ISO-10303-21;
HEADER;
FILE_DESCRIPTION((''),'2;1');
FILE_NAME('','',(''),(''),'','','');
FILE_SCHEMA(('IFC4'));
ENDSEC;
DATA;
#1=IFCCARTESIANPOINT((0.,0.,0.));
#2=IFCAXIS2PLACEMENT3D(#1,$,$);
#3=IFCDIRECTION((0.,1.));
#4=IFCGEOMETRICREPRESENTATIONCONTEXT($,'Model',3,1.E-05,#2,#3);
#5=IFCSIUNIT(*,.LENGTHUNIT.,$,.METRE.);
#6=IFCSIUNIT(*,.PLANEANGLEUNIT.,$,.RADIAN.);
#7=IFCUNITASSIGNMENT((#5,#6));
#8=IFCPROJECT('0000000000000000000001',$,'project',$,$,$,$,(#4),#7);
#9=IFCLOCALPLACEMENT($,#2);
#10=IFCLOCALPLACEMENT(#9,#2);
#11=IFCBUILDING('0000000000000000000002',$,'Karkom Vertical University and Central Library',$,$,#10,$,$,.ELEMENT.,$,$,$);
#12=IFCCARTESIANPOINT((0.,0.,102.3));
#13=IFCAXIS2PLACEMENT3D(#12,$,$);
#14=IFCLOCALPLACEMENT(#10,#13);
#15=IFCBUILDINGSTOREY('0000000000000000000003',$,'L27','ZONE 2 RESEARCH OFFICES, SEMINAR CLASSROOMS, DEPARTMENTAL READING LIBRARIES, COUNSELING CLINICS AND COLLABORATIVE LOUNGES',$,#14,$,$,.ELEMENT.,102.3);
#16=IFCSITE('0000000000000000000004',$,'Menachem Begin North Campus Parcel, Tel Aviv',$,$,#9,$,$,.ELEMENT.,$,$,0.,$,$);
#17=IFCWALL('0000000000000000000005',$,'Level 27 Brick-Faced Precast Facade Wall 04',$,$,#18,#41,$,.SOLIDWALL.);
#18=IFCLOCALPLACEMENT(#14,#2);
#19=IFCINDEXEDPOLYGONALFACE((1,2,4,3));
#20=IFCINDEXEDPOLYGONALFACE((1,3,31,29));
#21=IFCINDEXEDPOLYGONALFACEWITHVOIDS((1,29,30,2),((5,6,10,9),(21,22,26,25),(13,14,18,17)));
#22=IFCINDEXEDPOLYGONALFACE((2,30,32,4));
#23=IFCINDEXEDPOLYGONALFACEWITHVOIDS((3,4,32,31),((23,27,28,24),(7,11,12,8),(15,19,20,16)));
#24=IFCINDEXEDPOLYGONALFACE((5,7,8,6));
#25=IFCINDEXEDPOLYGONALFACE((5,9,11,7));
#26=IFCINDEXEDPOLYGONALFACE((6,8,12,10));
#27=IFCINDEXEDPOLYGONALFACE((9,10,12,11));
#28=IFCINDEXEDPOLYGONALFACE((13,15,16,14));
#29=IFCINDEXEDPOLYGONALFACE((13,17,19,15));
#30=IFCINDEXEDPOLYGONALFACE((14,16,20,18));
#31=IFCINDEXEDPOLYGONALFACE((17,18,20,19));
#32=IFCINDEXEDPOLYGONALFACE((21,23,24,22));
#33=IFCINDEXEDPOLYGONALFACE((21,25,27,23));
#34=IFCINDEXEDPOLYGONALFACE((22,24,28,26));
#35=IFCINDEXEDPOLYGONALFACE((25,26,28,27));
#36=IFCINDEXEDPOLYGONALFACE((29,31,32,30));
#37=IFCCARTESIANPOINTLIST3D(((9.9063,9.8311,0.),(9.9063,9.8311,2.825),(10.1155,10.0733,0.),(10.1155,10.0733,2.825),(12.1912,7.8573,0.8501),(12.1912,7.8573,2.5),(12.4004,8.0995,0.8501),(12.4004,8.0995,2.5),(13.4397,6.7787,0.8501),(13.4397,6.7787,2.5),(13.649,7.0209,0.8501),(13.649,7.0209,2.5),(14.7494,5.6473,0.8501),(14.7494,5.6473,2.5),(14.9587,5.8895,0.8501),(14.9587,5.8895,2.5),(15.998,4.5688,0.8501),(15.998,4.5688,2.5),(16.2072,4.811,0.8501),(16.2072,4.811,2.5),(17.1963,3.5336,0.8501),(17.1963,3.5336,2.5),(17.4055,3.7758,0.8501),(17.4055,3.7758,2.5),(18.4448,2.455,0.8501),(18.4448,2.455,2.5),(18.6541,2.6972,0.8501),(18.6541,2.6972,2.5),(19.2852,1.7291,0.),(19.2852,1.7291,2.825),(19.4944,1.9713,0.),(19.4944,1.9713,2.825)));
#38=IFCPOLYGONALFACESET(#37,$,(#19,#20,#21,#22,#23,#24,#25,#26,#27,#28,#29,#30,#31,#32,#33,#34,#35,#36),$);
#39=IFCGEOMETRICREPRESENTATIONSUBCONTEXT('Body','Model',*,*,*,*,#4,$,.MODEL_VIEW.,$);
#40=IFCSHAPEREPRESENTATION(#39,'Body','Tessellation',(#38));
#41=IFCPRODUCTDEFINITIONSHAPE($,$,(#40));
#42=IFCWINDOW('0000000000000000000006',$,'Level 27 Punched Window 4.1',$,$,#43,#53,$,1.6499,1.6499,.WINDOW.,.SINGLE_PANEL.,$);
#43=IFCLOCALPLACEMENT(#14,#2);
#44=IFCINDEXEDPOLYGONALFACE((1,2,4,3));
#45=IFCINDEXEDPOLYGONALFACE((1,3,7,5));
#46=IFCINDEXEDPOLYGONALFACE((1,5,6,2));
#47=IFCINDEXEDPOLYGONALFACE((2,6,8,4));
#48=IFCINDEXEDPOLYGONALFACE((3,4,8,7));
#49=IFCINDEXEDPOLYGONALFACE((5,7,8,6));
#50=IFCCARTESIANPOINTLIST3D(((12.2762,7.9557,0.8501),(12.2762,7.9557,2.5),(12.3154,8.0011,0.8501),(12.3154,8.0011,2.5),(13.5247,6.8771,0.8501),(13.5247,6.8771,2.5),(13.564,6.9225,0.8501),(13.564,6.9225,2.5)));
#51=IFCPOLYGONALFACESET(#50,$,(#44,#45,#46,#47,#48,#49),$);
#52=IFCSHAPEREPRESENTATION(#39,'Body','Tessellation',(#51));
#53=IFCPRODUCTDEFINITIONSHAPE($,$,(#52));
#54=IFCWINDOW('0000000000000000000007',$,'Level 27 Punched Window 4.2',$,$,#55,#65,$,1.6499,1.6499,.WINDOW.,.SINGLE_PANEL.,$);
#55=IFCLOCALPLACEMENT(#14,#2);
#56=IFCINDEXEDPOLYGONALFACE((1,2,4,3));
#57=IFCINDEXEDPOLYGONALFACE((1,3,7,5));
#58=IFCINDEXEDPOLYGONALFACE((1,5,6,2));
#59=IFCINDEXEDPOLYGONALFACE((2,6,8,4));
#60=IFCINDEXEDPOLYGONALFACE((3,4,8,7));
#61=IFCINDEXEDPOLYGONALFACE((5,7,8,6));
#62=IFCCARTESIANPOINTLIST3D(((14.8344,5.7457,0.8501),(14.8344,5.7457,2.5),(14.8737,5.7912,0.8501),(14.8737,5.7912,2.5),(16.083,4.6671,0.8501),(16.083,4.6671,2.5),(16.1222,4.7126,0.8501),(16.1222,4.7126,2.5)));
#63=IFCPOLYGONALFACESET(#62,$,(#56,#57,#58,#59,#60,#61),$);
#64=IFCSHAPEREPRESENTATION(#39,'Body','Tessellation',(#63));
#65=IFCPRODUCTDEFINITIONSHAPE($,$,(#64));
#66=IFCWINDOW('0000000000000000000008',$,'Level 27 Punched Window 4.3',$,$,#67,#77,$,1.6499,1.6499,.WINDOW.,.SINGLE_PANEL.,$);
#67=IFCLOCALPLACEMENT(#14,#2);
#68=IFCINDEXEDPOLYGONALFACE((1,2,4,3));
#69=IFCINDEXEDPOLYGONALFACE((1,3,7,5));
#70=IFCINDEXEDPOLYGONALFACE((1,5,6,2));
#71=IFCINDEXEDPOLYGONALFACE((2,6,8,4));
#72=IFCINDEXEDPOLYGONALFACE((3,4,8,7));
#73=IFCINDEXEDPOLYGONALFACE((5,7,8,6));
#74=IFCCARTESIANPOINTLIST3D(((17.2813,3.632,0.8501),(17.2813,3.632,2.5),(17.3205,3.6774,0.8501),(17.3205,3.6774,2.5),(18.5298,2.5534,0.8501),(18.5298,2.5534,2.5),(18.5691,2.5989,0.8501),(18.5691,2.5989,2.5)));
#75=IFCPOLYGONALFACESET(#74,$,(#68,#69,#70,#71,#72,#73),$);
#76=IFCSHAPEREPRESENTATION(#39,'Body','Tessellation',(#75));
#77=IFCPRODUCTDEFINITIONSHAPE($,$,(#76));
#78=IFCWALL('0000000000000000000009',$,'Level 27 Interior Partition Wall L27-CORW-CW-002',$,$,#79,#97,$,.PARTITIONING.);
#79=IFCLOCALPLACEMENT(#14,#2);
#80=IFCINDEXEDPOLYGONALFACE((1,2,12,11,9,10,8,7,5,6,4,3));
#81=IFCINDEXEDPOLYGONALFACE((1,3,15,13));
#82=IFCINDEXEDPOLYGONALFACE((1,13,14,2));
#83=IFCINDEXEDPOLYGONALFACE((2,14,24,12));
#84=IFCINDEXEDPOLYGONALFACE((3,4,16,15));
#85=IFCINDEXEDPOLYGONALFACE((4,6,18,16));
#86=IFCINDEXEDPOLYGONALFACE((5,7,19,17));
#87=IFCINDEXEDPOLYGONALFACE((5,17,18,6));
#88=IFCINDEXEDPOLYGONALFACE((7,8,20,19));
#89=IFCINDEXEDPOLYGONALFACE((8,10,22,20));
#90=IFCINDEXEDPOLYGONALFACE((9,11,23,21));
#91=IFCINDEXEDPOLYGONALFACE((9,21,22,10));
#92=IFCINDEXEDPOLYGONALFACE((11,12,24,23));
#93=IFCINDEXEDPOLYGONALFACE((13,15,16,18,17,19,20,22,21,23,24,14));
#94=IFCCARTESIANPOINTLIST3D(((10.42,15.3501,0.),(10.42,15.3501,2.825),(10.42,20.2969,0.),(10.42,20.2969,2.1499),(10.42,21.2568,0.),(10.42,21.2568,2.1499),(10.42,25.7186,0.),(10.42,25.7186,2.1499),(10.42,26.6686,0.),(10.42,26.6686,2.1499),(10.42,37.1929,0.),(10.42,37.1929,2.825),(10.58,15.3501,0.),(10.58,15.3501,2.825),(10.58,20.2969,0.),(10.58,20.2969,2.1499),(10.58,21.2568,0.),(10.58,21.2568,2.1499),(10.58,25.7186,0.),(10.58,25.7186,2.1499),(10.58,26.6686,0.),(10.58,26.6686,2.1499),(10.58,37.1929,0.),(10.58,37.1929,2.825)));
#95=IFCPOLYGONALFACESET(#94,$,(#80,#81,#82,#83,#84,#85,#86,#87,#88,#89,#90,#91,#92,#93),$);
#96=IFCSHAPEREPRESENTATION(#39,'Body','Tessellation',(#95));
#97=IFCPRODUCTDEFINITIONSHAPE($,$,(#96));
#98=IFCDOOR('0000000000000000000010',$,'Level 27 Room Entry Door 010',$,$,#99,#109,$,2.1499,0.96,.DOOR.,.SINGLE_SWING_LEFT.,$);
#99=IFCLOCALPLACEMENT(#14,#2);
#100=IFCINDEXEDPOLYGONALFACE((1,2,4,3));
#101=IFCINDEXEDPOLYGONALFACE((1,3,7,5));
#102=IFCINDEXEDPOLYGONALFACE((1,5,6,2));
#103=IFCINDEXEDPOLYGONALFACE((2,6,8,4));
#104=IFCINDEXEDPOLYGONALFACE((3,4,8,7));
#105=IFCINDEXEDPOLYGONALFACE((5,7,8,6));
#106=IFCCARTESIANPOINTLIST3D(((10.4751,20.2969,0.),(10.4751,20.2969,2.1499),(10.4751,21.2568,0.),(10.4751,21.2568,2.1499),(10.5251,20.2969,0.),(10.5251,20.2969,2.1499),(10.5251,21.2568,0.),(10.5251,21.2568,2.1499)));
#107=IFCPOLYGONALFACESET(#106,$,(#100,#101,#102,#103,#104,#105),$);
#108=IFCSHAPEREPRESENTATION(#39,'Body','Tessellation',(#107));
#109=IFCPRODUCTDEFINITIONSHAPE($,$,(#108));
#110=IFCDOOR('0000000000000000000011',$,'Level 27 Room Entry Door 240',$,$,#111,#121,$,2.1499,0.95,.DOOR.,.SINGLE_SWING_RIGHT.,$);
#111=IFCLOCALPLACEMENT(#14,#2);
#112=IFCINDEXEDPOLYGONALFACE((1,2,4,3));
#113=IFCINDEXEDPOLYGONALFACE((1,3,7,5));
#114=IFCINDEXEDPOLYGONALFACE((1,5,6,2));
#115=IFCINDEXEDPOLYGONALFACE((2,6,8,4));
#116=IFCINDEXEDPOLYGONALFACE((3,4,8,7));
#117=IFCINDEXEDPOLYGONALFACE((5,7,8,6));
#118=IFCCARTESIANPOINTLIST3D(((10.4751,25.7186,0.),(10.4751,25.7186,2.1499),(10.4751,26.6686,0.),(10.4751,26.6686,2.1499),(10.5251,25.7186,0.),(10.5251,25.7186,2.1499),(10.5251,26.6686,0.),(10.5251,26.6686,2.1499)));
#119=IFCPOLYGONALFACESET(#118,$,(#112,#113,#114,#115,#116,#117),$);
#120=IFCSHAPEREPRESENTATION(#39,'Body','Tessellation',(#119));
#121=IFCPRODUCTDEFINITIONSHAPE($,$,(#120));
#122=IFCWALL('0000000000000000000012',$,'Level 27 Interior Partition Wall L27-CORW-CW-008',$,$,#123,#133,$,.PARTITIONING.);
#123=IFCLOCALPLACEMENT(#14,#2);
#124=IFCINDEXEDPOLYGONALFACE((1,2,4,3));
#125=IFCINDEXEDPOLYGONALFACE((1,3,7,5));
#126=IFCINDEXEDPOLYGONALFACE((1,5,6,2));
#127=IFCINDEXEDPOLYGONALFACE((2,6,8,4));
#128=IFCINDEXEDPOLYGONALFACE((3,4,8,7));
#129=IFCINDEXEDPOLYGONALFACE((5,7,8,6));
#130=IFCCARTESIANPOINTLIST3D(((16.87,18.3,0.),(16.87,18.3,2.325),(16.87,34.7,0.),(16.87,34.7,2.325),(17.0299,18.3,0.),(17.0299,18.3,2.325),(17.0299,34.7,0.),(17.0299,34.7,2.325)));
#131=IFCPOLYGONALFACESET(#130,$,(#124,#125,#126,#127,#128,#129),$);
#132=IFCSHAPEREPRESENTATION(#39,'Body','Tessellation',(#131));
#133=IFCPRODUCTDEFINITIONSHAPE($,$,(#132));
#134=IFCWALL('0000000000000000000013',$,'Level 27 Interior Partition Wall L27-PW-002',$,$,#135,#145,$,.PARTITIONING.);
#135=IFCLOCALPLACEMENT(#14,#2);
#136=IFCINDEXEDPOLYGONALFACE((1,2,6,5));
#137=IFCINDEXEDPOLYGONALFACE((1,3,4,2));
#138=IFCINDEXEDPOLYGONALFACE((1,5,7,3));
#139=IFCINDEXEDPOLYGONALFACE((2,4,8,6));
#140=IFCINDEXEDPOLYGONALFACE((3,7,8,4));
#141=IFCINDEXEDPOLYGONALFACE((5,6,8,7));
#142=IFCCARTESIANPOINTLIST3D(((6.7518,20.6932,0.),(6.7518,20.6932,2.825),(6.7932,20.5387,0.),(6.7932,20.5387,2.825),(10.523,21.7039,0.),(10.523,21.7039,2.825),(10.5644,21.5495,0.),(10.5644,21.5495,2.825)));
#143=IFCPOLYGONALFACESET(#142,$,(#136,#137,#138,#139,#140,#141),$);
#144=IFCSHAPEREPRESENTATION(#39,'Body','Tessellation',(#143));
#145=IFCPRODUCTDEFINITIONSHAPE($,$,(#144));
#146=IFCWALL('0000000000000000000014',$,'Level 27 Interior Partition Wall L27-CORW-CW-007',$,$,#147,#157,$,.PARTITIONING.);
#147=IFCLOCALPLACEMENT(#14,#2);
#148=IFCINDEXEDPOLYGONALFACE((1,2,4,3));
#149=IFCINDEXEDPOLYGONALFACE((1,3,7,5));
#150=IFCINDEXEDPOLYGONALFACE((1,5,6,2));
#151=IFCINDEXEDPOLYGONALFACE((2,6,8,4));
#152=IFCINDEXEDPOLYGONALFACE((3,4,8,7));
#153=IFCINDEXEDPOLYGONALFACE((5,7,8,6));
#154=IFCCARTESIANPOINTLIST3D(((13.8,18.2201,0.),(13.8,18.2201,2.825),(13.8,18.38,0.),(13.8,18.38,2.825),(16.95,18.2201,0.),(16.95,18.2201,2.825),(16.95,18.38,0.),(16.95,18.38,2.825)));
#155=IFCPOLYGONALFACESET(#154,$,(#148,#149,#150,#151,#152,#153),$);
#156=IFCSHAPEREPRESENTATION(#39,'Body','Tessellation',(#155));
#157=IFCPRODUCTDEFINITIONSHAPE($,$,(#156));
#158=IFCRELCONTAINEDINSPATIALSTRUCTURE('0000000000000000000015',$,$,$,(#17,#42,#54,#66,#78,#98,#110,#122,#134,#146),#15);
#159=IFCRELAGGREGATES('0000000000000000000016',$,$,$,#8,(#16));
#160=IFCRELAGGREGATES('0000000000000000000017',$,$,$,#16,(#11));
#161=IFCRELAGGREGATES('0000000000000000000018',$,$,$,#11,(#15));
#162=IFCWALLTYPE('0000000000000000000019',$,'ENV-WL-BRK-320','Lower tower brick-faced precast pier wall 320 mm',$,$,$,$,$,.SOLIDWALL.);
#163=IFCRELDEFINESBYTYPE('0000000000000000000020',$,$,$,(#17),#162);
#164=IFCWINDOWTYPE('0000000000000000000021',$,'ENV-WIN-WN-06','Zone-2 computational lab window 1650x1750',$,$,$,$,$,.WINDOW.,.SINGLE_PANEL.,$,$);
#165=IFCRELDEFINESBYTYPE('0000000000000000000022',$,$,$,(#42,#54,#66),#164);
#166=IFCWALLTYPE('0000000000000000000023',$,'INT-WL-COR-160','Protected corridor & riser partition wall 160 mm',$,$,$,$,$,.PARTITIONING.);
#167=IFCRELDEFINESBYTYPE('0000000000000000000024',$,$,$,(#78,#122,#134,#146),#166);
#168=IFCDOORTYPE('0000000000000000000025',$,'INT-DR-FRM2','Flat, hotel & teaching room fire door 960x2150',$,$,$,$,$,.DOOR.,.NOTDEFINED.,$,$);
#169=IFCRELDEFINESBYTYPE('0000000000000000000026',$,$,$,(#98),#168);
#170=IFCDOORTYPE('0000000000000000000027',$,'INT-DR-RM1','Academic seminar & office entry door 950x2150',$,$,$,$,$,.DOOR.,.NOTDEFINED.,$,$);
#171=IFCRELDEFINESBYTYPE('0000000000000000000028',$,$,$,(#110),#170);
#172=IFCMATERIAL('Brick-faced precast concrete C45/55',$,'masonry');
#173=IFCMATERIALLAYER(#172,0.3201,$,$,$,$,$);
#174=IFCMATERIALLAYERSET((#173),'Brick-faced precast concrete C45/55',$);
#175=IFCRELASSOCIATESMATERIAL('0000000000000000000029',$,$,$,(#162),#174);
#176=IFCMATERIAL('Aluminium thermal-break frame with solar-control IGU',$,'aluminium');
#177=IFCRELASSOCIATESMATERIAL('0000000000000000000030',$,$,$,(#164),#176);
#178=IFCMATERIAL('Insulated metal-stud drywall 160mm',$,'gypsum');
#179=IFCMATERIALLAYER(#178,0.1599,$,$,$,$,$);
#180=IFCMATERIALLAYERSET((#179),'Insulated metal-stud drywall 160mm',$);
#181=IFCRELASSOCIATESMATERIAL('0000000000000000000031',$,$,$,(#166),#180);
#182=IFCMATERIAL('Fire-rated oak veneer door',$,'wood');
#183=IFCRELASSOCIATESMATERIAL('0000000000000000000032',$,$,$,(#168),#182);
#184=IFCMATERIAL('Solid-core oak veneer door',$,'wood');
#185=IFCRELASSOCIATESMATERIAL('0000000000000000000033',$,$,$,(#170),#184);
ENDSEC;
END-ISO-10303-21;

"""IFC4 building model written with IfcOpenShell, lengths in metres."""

from ifc_helpers import new_model, si_unit, direction, frame, frame_2d, origin, origin_with_axes, place, context, subcontext, project, spatial, rectangle, extrude, source, transform, mapped, material, layer, layer_set, type_object, element, fill, save


model = new_model("IFC4")

# Units and contexts
model_context = context("Model", 3, precision=1e-05, world=origin(), true_north=direction((0.0, 1.0)))
body_context = subcontext(model_context, "Body", "Model", "MODEL_VIEW")
ifc_project = project(units=[si_unit("LENGTHUNIT", "METRE"), si_unit("PLANEANGLEUNIT", "RADIAN")], contexts=[model_context])

# Site, building, storey
site_placement = place(None, origin())
site = spatial("IfcSite", under=ifc_project, at=site_placement, Name="Menachem Begin North Campus Parcel, Tel Aviv", CompositionType="ELEMENT", RefElevation=0.0)
building_placement = place(site_placement, origin())
building = spatial("IfcBuilding", under=site, at=building_placement, Name="Karkom Vertical University and Central Library", CompositionType="ELEMENT")
storey_placement = place(building_placement, frame((0.0, 0.0, 102.3)))
storey = spatial("IfcBuildingStorey", under=building, at=storey_placement, Name="L27", Description="ZONE 2 RESEARCH OFFICES, SEMINAR CLASSROOMS, DEPARTMENTAL READING LIBRARIES, COUNSELING CLINICS AND COLLABORATIVE LOUNGES", CompositionType="ELEMENT", Elevation=102.3)

# Wall, openings, windows
ifc_material_1 = material(Name="Brick-faced precast concrete C45/55", Category="masonry")
ifc_layer_1 = layer(ifc_material_1, 0.3201)
ifc_layer_set_1 = layer_set([ifc_layer_1], Name="Brick-faced precast concrete C45/55")
wall_type_1 = type_object("IfcWallType", Name="ENV-WL-BRK-320", Description="Lower tower brick-faced precast pier wall 320 mm", PredefinedType="SOLIDWALL", material=ifc_layer_set_1)
ifc_material_2 = material(Name="Aluminium thermal-break frame with solar-control IGU", Category="aluminium")
window_type_1 = type_object("IfcWindowType", Name="ENV-WIN-WN-06", Description="Zone-2 computational lab window 1650x1750", PartitioningType="SINGLE_PANEL", PredefinedType="WINDOW", material=ifc_material_2)
shared_shape_1 = source(origin_with_axes(), body_context, "Body", "SweptSolid", [
    extrude(rectangle(XDim=1.6499, YDim=1.6499, at=frame_2d((0.825, 0.825))), frame((0.0, 0.03, 0.0), z_axis=(0.0, -1.0, 0.0), x_axis=(1.0, 0.0, 0.0)), (0.0, 0.0, 1.0), 0.0601),
])
wall_1_placement = place(storey_placement, frame((10.011, 9.9521, 0.0), z_axis=(0.0, 0.0, 1.0), x_axis=(0.75674, -0.653716, 0.0)))
wall_1 = element("IfcWall", 1, at=wall_1_placement, inside=storey, type_object=wall_type_1, Name="Level 27 Brick-Faced Precast Facade Wall 04", PredefinedType="SOLIDWALL", context=body_context, shape_type="SweptSolid", body=[
    extrude(rectangle(XDim=12.3938, YDim=0.3201, at=frame_2d((6.1968, 0.0))), origin(), (0.0, 0.0, 1.0), 2.825),
])
opening_1_placement = place(wall_1_placement, frame((3.0193, 0.0, 0.8501)))
opening_1 = element("IfcOpeningElement", 2, at=opening_1_placement, cuts=wall_1, PredefinedType="OPENING", context=body_context, shape_type="SweptSolid", body=[
    extrude(rectangle(XDim=1.6499, YDim=1.6499, at=frame_2d((0.825, 0.825))), frame((0.0, 0.1699, 0.0), z_axis=(0.0, -1.0, 0.0), x_axis=(1.0, 0.0, 0.0)), (0.0, 0.0, 1.0), 0.3401),
])
opening_2_placement = place(wall_1_placement, frame((6.3999, 0.0, 0.8501)))
opening_2 = element("IfcOpeningElement", 3, at=opening_2_placement, cuts=wall_1, PredefinedType="OPENING", context=body_context, shape_type="SweptSolid", body=[
    extrude(rectangle(XDim=1.6499, YDim=1.6499, at=frame_2d((0.825, 0.825))), frame((0.0, 0.1699, 0.0), z_axis=(0.0, -1.0, 0.0), x_axis=(1.0, 0.0, 0.0)), (0.0, 0.0, 1.0), 0.3401),
])
opening_3_placement = place(wall_1_placement, frame((9.6333, 0.0, 0.8501)))
opening_3 = element("IfcOpeningElement", 4, at=opening_3_placement, cuts=wall_1, PredefinedType="OPENING", context=body_context, shape_type="SweptSolid", body=[
    extrude(rectangle(XDim=1.6499, YDim=1.6499, at=frame_2d((0.825, 0.825))), frame((0.0, 0.1699, 0.0), z_axis=(0.0, -1.0, 0.0), x_axis=(1.0, 0.0, 0.0)), (0.0, 0.0, 1.0), 0.3401),
])
window_1_placement = place(opening_1_placement, origin())
window_1 = element("IfcWindow", 5, at=window_1_placement, inside=storey, type_object=window_type_1, Name="Level 27 Punched Window 4.1", OverallHeight=1.6499, OverallWidth=1.6499, PartitioningType="SINGLE_PANEL", PredefinedType="WINDOW", context=body_context, shape_type="MappedRepresentation", body=[
    mapped(shared_shape_1, transform((0.0, 0.0, 0.0), scale=1.0)),
])
fill(opening_1, window_1)
window_2_placement = place(opening_2_placement, origin())
window_2 = element("IfcWindow", 6, at=window_2_placement, inside=storey, type_object=window_type_1, Name="Level 27 Punched Window 4.2", OverallHeight=1.6499, OverallWidth=1.6499, PartitioningType="SINGLE_PANEL", PredefinedType="WINDOW", context=body_context, shape_type="MappedRepresentation", body=[
    mapped(shared_shape_1, transform((0.0, 0.0, 0.0), scale=1.0)),
])
fill(opening_2, window_2)
window_3_placement = place(opening_3_placement, origin())
window_3 = element("IfcWindow", 7, at=window_3_placement, inside=storey, type_object=window_type_1, Name="Level 27 Punched Window 4.3", OverallHeight=1.6499, OverallWidth=1.6499, PartitioningType="SINGLE_PANEL", PredefinedType="WINDOW", context=body_context, shape_type="MappedRepresentation", body=[
    mapped(shared_shape_1, transform((0.0, 0.0, 0.0), scale=1.0)),
])
fill(opening_3, window_3)

# Wall, openings, doors
ifc_material_3 = material(Name="Insulated metal-stud drywall 160mm", Category="gypsum")
ifc_layer_2 = layer(ifc_material_3, 0.1599)
ifc_layer_set_2 = layer_set([ifc_layer_2], Name="Insulated metal-stud drywall 160mm")
wall_type_2 = type_object("IfcWallType", Name="INT-WL-COR-160", Description="Protected corridor & riser partition wall 160 mm", PredefinedType="PARTITIONING", material=ifc_layer_set_2)
wall_2_placement = place(storey_placement, frame((10.5, 15.3501, 0.0), z_axis=(0.0, 0.0, 1.0), x_axis=(0.0, 1.0, 0.0)))
wall_2 = element("IfcWall", 8, at=wall_2_placement, inside=storey, type_object=wall_type_2, Name="Level 27 Interior Partition Wall L27-CORW-CW-002", PredefinedType="PARTITIONING", context=body_context, shape_type="SweptSolid", body=[
    extrude(rectangle(XDim=21.8428, YDim=0.1599, at=frame_2d((10.9214, 0.0))), origin(), (0.0, 0.0, 1.0), 2.825),
])
opening_4_placement = place(wall_2_placement, frame((4.9468, 0.0, 0.0)))
opening_4 = element("IfcOpeningElement", 9, at=opening_4_placement, cuts=wall_2, PredefinedType="OPENING", context=body_context, shape_type="SweptSolid", body=[
    extrude(rectangle(XDim=0.96, YDim=2.1499, at=frame_2d((0.48, 1.075))), frame((0.0, 0.0898, 0.0), z_axis=(0.0, -1.0, 0.0), x_axis=(1.0, 0.0, 0.0)), (0.0, 0.0, 1.0), 0.1799),
])
opening_5_placement = place(wall_2_placement, frame((10.3684, 0.0, 0.0)))
opening_5 = element("IfcOpeningElement", 10, at=opening_5_placement, cuts=wall_2, PredefinedType="OPENING", context=body_context, shape_type="SweptSolid", body=[
    extrude(rectangle(XDim=0.95, YDim=2.1499, at=frame_2d((0.4751, 1.075))), frame((0.0, 0.0898, 0.0), z_axis=(0.0, -1.0, 0.0), x_axis=(1.0, 0.0, 0.0)), (0.0, 0.0, 1.0), 0.1799),
])
ifc_material_4 = material(Name="Fire-rated oak veneer door", Category="wood")
door_type_1 = type_object("IfcDoorType", Name="INT-DR-FRM2", Description="Flat, hotel & teaching room fire door 960x2150", OperationType="NOTDEFINED", PredefinedType="DOOR", material=ifc_material_4)
shared_shape_2 = source(origin_with_axes(), body_context, "Body", "SweptSolid", [
    extrude(rectangle(XDim=0.96, YDim=2.1499, at=frame_2d((0.48, 1.075))), frame((0.0, 0.0249, 0.0), z_axis=(0.0, -1.0, 0.0), x_axis=(1.0, 0.0, 0.0)), (0.0, 0.0, 1.0), 0.05),
])
door_1_placement = place(opening_4_placement, origin())
door_1 = element("IfcDoor", 11, at=door_1_placement, inside=storey, type_object=door_type_1, Name="Level 27 Room Entry Door 010", OperationType="SINGLE_SWING_LEFT", OverallHeight=2.1499, OverallWidth=0.96, PredefinedType="DOOR", context=body_context, shape_type="MappedRepresentation", body=[
    mapped(shared_shape_2, transform((0.0, 0.0, 0.0), scale=1.0)),
])
fill(opening_4, door_1)
ifc_material_5 = material(Name="Solid-core oak veneer door", Category="wood")
door_type_2 = type_object("IfcDoorType", Name="INT-DR-RM1", Description="Academic seminar & office entry door 950x2150", OperationType="NOTDEFINED", PredefinedType="DOOR", material=ifc_material_5)
shared_shape_3 = source(origin_with_axes(), body_context, "Body", "SweptSolid", [
    extrude(rectangle(XDim=0.95, YDim=2.1499, at=frame_2d((0.4751, 1.075))), frame((0.0, 0.0249, 0.0), z_axis=(0.0, -1.0, 0.0), x_axis=(1.0, 0.0, 0.0)), (0.0, 0.0, 1.0), 0.05),
])
door_2_placement = place(opening_5_placement, origin())
door_2 = element("IfcDoor", 12, at=door_2_placement, inside=storey, type_object=door_type_2, Name="Level 27 Room Entry Door 240", OperationType="SINGLE_SWING_RIGHT", OverallHeight=2.1499, OverallWidth=0.95, PredefinedType="DOOR", context=body_context, shape_type="MappedRepresentation", body=[
    mapped(shared_shape_3, transform((0.0, 0.0, 0.0), scale=1.0)),
])
fill(opening_5, door_2)

# Walls
wall_3_placement = place(storey_placement, frame((16.95, 18.3, 0.0), z_axis=(0.0, 0.0, 1.0), x_axis=(0.0, 1.0, 0.0)))
element("IfcWall", 13, at=wall_3_placement, inside=storey, type_object=wall_type_2, Name="Level 27 Interior Partition Wall L27-CORW-CW-008", PredefinedType="PARTITIONING", context=body_context, shape_type="SweptSolid", body=[
    extrude(rectangle(XDim=16.3999, YDim=0.1599, at=frame_2d((8.2, 0.0))), origin(), (0.0, 0.0, 1.0), 2.325),
])
wall_4_placement = place(storey_placement, frame((6.7725, 20.616, 0.0), z_axis=(0.0, 0.0, 1.0), x_axis=(0.96591, 0.258877, 0.0)))
element("IfcWall", 14, at=wall_4_placement, inside=storey, type_object=wall_type_2, Name="Level 27 Interior Partition Wall L27-PW-002", PredefinedType="PARTITIONING", context=body_context, shape_type="SweptSolid", body=[
    extrude(rectangle(XDim=3.9043, YDim=0.1599, at=frame_2d((1.9521, 0.0))), origin(), (0.0, 0.0, 1.0), 2.825),
])
wall_5_placement = place(storey_placement, frame((13.8, 18.3, 0.0), z_axis=(0.0, 0.0, 1.0), x_axis=(1.0, 0.0, 0.0)))
element("IfcWall", 15, at=wall_5_placement, inside=storey, type_object=wall_type_2, Name="Level 27 Interior Partition Wall L27-CORW-CW-007", PredefinedType="PARTITIONING", context=body_context, shape_type="SweptSolid", body=[
    extrude(rectangle(XDim=3.1499, YDim=0.1599, at=frame_2d((1.575, 0.0))), origin(), (0.0, 0.0, 1.0), 2.825),
])

save(model, "model.ifc")
